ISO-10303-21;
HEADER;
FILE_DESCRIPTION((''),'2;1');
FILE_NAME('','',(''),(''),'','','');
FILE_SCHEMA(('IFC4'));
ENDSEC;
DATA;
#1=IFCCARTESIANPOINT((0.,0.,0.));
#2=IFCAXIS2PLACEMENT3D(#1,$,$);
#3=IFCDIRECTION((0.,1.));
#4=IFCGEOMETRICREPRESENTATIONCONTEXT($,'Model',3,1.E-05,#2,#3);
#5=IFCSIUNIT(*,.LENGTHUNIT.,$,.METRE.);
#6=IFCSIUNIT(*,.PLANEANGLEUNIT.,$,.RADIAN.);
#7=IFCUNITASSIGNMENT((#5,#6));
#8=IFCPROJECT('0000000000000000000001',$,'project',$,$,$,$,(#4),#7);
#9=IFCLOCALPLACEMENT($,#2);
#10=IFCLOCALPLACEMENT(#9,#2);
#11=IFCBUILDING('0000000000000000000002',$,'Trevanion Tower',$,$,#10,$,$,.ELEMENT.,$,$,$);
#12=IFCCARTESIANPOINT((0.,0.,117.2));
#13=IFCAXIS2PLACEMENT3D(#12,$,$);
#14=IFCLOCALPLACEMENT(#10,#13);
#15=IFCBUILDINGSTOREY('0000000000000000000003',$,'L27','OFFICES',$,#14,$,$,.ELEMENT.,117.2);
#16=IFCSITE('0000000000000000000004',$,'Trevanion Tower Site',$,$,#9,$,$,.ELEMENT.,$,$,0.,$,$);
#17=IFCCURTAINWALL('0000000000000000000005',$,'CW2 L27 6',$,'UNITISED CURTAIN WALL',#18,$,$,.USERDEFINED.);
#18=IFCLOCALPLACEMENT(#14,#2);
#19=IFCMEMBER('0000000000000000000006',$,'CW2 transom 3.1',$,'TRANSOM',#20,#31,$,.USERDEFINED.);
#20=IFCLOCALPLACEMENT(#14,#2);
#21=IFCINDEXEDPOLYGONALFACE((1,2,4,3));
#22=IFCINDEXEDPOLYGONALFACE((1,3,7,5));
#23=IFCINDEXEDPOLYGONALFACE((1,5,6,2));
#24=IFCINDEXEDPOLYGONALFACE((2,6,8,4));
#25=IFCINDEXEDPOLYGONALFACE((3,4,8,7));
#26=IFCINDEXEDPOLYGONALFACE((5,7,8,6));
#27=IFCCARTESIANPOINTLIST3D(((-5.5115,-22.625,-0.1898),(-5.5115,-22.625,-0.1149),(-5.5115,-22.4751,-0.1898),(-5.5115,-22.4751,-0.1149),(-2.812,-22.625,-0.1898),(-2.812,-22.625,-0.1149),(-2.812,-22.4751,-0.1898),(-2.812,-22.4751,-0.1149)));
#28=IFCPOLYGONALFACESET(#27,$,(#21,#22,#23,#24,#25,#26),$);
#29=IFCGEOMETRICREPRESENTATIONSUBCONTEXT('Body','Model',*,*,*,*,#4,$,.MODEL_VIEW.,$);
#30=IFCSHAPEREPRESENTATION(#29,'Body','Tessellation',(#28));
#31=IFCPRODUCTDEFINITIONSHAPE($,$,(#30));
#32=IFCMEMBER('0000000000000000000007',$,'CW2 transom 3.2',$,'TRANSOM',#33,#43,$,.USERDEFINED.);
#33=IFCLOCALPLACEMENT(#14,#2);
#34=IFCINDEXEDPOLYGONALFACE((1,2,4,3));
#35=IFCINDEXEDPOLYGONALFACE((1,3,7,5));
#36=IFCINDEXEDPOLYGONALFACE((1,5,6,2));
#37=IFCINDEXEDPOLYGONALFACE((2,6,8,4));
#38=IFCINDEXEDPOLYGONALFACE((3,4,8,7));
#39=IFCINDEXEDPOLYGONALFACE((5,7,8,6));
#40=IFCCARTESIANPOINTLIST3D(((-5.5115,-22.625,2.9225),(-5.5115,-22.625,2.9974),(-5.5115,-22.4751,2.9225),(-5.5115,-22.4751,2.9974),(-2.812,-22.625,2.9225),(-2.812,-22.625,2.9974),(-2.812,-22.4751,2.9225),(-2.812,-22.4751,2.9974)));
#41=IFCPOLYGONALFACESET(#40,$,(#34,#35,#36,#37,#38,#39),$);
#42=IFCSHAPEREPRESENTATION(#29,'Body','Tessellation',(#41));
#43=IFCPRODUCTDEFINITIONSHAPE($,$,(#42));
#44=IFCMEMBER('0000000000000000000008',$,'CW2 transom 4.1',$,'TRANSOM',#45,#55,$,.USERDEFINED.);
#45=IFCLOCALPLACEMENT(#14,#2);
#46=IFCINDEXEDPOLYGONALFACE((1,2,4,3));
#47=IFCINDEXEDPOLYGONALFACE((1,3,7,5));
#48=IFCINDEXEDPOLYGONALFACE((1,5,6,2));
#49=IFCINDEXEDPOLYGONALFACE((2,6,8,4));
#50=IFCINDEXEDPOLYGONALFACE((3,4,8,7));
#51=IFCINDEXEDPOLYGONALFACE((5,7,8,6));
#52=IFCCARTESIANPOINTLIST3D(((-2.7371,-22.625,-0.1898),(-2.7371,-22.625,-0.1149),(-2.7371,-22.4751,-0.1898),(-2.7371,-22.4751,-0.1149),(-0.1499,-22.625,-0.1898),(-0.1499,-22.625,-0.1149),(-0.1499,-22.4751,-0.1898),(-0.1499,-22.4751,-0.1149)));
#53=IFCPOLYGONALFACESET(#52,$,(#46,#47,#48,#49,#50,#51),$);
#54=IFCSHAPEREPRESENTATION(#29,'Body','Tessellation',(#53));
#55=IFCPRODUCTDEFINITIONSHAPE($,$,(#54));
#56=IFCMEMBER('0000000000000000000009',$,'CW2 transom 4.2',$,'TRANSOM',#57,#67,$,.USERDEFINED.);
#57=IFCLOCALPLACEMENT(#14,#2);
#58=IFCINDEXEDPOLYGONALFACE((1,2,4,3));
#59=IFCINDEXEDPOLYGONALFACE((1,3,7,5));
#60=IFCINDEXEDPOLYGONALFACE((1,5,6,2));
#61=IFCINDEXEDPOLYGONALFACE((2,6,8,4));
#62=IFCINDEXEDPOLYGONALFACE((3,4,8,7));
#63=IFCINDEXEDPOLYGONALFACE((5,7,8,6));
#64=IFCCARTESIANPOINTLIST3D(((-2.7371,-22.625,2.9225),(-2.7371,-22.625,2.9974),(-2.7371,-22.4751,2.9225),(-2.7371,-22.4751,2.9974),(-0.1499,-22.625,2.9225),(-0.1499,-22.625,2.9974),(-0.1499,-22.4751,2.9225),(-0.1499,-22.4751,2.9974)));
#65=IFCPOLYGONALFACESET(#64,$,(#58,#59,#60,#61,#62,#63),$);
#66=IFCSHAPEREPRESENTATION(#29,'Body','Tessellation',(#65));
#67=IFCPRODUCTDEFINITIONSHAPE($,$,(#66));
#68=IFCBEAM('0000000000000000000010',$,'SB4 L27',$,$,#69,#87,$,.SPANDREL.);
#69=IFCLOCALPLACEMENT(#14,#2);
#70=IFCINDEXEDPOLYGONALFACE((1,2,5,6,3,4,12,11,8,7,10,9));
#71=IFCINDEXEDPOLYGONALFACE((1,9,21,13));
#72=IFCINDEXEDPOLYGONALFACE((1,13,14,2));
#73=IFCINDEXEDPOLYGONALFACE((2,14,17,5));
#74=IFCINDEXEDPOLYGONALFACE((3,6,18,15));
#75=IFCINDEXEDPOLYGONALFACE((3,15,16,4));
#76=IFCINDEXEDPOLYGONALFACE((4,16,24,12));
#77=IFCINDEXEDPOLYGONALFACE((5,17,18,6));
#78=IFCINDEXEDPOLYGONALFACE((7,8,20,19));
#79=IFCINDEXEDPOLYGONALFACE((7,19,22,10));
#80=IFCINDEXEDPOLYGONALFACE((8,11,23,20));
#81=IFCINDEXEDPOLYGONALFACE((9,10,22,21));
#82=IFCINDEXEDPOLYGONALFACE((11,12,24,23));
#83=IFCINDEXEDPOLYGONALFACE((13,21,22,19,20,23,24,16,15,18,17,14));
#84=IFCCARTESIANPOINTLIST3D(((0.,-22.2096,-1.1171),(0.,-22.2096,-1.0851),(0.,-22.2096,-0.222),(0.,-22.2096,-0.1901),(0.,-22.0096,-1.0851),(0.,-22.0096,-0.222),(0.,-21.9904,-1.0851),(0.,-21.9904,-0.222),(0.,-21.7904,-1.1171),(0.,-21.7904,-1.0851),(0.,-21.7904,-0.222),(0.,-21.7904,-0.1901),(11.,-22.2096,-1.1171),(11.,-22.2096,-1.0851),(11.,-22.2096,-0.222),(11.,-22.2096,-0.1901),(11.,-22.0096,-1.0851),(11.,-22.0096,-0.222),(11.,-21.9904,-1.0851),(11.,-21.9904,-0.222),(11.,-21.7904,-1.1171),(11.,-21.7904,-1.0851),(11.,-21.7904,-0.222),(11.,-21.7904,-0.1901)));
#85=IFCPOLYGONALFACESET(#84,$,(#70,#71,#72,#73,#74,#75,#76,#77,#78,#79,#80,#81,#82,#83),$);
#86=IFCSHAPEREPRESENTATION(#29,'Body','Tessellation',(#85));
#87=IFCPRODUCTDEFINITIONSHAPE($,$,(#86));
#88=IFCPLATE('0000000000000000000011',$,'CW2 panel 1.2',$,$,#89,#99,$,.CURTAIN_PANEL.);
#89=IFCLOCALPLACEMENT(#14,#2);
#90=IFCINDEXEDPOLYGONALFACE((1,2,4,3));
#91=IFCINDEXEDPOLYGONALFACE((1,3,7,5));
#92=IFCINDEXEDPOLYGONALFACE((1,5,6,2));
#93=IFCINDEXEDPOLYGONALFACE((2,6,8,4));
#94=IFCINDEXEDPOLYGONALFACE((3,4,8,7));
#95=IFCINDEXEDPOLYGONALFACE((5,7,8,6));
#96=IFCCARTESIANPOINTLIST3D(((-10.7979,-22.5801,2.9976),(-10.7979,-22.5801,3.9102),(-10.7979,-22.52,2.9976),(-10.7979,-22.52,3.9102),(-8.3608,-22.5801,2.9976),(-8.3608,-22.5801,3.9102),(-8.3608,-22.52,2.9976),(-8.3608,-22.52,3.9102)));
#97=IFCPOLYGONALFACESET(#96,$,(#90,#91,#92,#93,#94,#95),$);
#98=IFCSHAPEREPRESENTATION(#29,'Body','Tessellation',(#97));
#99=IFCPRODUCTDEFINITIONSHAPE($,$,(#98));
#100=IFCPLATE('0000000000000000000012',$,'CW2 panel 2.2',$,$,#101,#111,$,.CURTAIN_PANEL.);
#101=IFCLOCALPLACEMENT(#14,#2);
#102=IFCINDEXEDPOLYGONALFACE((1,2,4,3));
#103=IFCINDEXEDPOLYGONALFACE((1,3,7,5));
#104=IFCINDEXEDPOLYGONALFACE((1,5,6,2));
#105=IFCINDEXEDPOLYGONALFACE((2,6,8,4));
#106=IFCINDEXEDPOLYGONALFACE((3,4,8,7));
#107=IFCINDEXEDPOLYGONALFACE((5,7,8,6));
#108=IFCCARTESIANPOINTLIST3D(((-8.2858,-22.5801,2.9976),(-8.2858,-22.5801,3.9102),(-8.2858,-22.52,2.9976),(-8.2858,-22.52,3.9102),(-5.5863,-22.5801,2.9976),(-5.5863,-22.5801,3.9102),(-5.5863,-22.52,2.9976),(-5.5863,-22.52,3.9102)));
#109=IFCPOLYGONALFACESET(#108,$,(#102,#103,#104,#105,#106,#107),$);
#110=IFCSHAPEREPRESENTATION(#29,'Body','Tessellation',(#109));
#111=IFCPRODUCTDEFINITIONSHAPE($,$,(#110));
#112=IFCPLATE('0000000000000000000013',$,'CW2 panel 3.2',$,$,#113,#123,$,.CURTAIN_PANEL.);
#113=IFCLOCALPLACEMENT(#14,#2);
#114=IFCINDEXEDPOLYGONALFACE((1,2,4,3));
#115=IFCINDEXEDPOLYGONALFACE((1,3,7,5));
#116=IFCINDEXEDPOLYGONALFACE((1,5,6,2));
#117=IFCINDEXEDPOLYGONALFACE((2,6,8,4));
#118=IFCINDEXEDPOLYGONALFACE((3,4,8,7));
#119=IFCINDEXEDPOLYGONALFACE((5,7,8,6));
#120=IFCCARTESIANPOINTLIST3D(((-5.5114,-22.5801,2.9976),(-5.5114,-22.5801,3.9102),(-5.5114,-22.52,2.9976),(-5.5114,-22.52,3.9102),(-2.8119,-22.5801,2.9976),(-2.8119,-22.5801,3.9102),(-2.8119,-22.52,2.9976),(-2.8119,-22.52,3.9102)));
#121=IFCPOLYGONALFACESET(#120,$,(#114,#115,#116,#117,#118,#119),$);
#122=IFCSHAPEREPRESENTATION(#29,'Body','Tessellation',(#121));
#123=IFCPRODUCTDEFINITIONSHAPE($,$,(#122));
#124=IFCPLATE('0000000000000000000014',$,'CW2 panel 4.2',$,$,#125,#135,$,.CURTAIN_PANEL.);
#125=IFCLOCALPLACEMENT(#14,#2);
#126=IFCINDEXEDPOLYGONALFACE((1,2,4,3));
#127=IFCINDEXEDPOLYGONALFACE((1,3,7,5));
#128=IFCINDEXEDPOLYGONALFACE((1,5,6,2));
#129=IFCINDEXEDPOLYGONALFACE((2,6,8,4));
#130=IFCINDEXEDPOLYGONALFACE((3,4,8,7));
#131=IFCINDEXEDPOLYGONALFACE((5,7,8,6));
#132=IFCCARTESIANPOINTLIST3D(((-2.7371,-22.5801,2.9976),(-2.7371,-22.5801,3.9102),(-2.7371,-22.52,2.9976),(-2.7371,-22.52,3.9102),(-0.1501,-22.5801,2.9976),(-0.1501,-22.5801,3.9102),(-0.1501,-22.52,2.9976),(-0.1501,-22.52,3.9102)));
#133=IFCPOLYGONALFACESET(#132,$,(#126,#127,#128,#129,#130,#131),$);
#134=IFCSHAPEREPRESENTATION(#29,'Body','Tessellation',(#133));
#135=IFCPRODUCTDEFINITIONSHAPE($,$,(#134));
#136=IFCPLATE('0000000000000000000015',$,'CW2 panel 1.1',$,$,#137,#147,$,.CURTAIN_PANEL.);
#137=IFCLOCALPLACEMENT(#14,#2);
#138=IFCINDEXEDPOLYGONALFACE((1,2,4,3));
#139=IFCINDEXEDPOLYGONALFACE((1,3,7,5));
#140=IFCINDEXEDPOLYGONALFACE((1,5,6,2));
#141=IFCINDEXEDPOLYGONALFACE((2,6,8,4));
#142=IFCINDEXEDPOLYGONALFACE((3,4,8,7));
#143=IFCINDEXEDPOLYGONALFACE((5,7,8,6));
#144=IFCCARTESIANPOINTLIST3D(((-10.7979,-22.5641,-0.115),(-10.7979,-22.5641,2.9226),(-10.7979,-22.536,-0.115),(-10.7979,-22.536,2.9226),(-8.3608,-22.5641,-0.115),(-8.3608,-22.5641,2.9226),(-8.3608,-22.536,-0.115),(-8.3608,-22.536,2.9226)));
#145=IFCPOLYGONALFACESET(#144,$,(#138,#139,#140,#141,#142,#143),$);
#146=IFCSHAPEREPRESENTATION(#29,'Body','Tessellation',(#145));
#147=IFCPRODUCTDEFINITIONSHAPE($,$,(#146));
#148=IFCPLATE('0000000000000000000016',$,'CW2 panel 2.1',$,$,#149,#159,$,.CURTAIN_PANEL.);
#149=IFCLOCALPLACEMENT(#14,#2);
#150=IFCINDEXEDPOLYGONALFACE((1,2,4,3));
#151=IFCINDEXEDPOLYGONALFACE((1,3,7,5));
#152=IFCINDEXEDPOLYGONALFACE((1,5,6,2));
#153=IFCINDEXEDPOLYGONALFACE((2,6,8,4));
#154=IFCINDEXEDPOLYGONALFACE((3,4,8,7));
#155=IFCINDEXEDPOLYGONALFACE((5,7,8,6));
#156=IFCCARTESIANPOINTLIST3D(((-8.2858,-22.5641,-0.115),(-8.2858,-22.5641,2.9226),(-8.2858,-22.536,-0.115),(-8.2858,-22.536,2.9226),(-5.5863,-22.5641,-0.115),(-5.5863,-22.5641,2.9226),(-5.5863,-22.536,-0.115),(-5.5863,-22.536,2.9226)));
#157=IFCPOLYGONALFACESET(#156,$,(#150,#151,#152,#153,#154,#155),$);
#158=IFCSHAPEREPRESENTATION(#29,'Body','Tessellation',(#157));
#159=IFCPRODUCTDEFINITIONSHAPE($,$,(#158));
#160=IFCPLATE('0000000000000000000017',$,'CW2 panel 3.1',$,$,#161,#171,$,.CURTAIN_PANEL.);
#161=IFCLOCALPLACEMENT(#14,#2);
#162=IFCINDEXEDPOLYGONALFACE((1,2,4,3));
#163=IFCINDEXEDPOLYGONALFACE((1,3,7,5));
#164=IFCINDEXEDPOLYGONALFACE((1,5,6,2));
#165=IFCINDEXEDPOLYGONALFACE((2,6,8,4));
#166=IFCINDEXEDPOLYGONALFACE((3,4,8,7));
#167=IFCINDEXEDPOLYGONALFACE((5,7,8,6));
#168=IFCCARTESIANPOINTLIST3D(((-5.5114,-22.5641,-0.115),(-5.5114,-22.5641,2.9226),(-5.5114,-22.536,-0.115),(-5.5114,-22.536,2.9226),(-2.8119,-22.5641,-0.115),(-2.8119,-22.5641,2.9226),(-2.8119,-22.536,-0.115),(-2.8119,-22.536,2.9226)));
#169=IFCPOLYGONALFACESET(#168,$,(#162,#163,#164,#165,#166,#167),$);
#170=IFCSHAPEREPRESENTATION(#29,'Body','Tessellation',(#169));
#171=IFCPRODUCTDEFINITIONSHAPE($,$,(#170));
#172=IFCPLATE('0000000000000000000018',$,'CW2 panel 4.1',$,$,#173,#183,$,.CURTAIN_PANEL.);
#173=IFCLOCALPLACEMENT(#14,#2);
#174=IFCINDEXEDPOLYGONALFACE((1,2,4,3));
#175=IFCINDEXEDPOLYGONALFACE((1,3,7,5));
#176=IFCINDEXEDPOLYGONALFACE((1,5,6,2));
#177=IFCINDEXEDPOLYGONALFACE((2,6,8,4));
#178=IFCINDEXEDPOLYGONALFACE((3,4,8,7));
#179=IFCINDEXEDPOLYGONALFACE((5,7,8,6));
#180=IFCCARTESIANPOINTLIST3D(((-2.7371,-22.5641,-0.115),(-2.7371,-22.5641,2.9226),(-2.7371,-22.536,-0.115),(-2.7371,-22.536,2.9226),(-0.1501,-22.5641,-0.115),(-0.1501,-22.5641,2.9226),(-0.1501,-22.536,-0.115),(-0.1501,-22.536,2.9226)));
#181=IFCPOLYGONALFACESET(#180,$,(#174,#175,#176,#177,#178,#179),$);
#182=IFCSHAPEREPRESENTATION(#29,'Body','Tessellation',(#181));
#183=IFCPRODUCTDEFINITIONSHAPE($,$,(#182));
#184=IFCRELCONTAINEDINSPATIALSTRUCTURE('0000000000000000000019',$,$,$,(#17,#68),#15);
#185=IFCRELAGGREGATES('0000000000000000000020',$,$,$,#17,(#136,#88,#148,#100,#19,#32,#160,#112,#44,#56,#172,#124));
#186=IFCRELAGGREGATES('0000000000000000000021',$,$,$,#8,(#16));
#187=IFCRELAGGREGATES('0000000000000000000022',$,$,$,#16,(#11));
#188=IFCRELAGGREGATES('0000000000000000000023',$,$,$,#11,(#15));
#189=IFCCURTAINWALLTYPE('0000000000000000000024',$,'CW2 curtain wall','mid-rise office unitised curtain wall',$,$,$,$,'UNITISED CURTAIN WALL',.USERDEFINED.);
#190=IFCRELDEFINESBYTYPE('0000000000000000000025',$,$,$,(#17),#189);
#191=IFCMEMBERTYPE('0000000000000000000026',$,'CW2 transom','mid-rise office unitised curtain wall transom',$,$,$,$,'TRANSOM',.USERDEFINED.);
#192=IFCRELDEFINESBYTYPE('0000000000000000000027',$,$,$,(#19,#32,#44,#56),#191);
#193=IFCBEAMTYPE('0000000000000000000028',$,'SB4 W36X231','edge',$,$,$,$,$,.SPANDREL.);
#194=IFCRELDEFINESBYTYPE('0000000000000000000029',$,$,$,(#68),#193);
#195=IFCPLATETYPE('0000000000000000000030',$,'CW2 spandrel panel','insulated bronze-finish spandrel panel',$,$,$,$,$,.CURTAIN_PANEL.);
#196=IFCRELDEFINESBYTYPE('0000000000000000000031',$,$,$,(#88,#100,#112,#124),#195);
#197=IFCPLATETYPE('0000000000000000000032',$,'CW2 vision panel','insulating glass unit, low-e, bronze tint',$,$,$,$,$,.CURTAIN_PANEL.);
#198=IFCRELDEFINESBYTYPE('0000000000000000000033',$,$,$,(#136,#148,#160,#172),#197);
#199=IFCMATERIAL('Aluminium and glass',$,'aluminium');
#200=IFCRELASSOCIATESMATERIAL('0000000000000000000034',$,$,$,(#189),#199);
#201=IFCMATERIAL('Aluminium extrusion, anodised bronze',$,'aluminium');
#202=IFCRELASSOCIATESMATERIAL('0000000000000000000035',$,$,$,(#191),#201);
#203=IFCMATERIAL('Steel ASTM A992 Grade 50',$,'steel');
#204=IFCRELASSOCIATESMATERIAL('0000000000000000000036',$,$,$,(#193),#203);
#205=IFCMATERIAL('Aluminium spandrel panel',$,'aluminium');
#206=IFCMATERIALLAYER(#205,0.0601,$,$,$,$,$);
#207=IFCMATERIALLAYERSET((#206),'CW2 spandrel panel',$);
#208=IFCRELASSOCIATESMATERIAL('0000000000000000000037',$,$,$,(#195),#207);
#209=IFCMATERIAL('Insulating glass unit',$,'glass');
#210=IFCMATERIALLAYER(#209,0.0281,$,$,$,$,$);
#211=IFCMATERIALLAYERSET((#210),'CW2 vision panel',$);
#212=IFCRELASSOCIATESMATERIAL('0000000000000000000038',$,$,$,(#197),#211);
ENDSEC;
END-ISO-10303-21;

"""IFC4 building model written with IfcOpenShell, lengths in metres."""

from ifc_helpers import new_model, si_unit, direction, frame, origin, origin_2d, place, context, subcontext, project, spatial, rectangle, i_section, extrude, material, layer, layer_set, material_profile, profile_set, type_object, element, aggregate, save


model = new_model("IFC4")

# Units and contexts
model_context = context("Model", 3, precision=1e-05, world=origin(), true_north=direction((0.0, 1.0)))
body_context = subcontext(model_context, "Body", "Model", "MODEL_VIEW")
ifc_project = project(units=[si_unit("LENGTHUNIT", "METRE"), si_unit("PLANEANGLEUNIT", "RADIAN")], contexts=[model_context])

# Site, building, storey
site_placement = place(None, origin())
site = spatial("IfcSite", under=ifc_project, at=site_placement, Name="Trevanion Tower Site", CompositionType="ELEMENT", RefElevation=0.0)
building_placement = place(site_placement, origin())
building = spatial("IfcBuilding", under=site, at=building_placement, Name="Trevanion Tower", CompositionType="ELEMENT")
storey_placement = place(building_placement, frame((0.0, 0.0, 117.2)))
storey = spatial("IfcBuildingStorey", under=building, at=storey_placement, Name="L27", Description="OFFICES", CompositionType="ELEMENT", Elevation=117.2)

# Curtain wall, members
ifc_material_1 = material(Name="Aluminium and glass", Category="aluminium")
curtain_wall_type = type_object("IfcCurtainWallType", Name="CW2 curtain wall", Description="mid-rise office unitised curtain wall", ElementType="UNITISED CURTAIN WALL", PredefinedType="USERDEFINED", material=ifc_material_1)
curtain_wall_placement = place(storey_placement, origin())
curtain_wall = element("IfcCurtainWall", 1, at=curtain_wall_placement, inside=storey, type_object=curtain_wall_type, Name="CW2 L27 6", ObjectType="UNITISED CURTAIN WALL", PredefinedType="USERDEFINED")
ifc_material_2 = material(Name="Aluminium extrusion, anodised bronze", Category="aluminium")
ifc_material_profile_1 = material_profile(ifc_material_2, rectangle(XDim=0.1499, YDim=0.075, at=origin_2d()), Name="CW2 transom")
ifc_profile_set_1 = profile_set([ifc_material_profile_1], Name="Aluminium extrusion, anodised bronze")
member_type_1 = type_object("IfcMemberType", Name="CW2 transom", Description="mid-rise office unitised curtain wall transom", ElementType="TRANSOM", PredefinedType="USERDEFINED", material=ifc_profile_set_1)
member_1_placement = place(storey_placement, frame((-5.5115, -22.55, -0.1523), z_axis=(1.0, 0.0, 0.0), x_axis=(0.0, 1.0, 0.0)))
member_1 = element("IfcMember", 2, at=member_1_placement, type_object=member_type_1, Name="CW2 transom 3.1", ObjectType="TRANSOM", PredefinedType="USERDEFINED", context=body_context, shape_type="SweptSolid", body=[
    extrude(rectangle(XDim=0.1499, YDim=0.075, at=origin_2d()), origin(), (0.0, 0.0, 1.0), 2.6995),
])
member_2_placement = place(storey_placement, frame((-5.5115, -22.55, 2.96), z_axis=(1.0, 0.0, 0.0), x_axis=(0.0, 1.0, 0.0)))
member_2 = element("IfcMember", 3, at=member_2_placement, type_object=member_type_1, Name="CW2 transom 3.2", ObjectType="TRANSOM", PredefinedType="USERDEFINED", context=body_context, shape_type="SweptSolid", body=[
    extrude(rectangle(XDim=0.1499, YDim=0.075, at=origin_2d()), origin(), (0.0, 0.0, 1.0), 2.6995),
])
member_3_placement = place(storey_placement, frame((-2.7371, -22.55, -0.1523), z_axis=(1.0, 0.0, 0.0), x_axis=(0.0, 1.0, 0.0)))
member_3 = element("IfcMember", 4, at=member_3_placement, type_object=member_type_1, Name="CW2 transom 4.1", ObjectType="TRANSOM", PredefinedType="USERDEFINED", context=body_context, shape_type="SweptSolid", body=[
    extrude(rectangle(XDim=0.1499, YDim=0.075, at=origin_2d()), origin(), (0.0, 0.0, 1.0), 2.5872),
])
member_4_placement = place(storey_placement, frame((-2.7371, -22.55, 2.96), z_axis=(1.0, 0.0, 0.0), x_axis=(0.0, 1.0, 0.0)))
member_4 = element("IfcMember", 5, at=member_4_placement, type_object=member_type_1, Name="CW2 transom 4.2", ObjectType="TRANSOM", PredefinedType="USERDEFINED", context=body_context, shape_type="SweptSolid", body=[
    extrude(rectangle(XDim=0.1499, YDim=0.075, at=origin_2d()), origin(), (0.0, 0.0, 1.0), 2.5872),
])

# Beam
ifc_material_3 = material(Name="Steel ASTM A992 Grade 50", Category="steel")
ifc_material_profile_2 = material_profile(ifc_material_3, i_section(OverallWidth=0.4192, OverallDepth=0.927, WebThickness=0.0193, FlangeThickness=0.032, at=origin_2d()), Name="W36X231")
ifc_profile_set_2 = profile_set([ifc_material_profile_2], Name="Steel ASTM A992 Grade 50")
beam_type_1 = type_object("IfcBeamType", Name="SB4 W36X231", Description="edge", PredefinedType="SPANDREL", material=ifc_profile_set_2)
beam_placement = place(storey_placement, frame((0.0, -22.0, -0.6536), z_axis=(1.0, 0.0, 0.0), x_axis=(0.0, 1.0, 0.0)))
element("IfcBeam", 6, at=beam_placement, inside=storey, type_object=beam_type_1, Name="SB4 L27", PredefinedType="SPANDREL", context=body_context, shape_type="SweptSolid", body=[
    extrude(i_section(OverallWidth=0.4192, OverallDepth=0.927, WebThickness=0.0193, FlangeThickness=0.032, at=origin_2d()), origin(), (0.0, 0.0, 1.0), 11.0),
])

# Plates
ifc_material_4 = material(Name="Aluminium spandrel panel", Category="aluminium")
ifc_layer_1 = layer(ifc_material_4, 0.0601)
ifc_layer_set_1 = layer_set([ifc_layer_1], Name="CW2 spandrel panel")
plate_type_1 = type_object("IfcPlateType", Name="CW2 spandrel panel", Description="insulated bronze-finish spandrel panel", PredefinedType="CURTAIN_PANEL", material=ifc_layer_set_1)
plate_1_placement = place(storey_placement, frame((-9.5793, -22.55, 2.9976), z_axis=(0.0, 0.0, 1.0), x_axis=(1.0, 0.0, 0.0)))
plate_1 = element("IfcPlate", 7, at=plate_1_placement, type_object=plate_type_1, Name="CW2 panel 1.2", PredefinedType="CURTAIN_PANEL", context=body_context, shape_type="SweptSolid", body=[
    extrude(rectangle(XDim=2.437, YDim=0.0601, at=origin_2d()), origin(), (0.0, 0.0, 1.0), 0.9126),
])
plate_2_placement = place(storey_placement, frame((-6.936, -22.55, 2.9976), z_axis=(0.0, 0.0, 1.0), x_axis=(1.0, 0.0, 0.0)))
plate_2 = element("IfcPlate", 8, at=plate_2_placement, type_object=plate_type_1, Name="CW2 panel 2.2", PredefinedType="CURTAIN_PANEL", context=body_context, shape_type="SweptSolid", body=[
    extrude(rectangle(XDim=2.6995, YDim=0.0601, at=origin_2d()), origin(), (0.0, 0.0, 1.0), 0.9126),
])
plate_3_placement = place(storey_placement, frame((-4.1616, -22.55, 2.9976), z_axis=(0.0, 0.0, 1.0), x_axis=(1.0, 0.0, 0.0)))
plate_3 = element("IfcPlate", 9, at=plate_3_placement, type_object=plate_type_1, Name="CW2 panel 3.2", PredefinedType="CURTAIN_PANEL", context=body_context, shape_type="SweptSolid", body=[
    extrude(rectangle(XDim=2.6995, YDim=0.0601, at=origin_2d()), origin(), (0.0, 0.0, 1.0), 0.9126),
])
plate_4_placement = place(storey_placement, frame((-1.4436, -22.55, 2.9976), z_axis=(0.0, 0.0, 1.0), x_axis=(1.0, 0.0, 0.0)))
plate_4 = element("IfcPlate", 10, at=plate_4_placement, type_object=plate_type_1, Name="CW2 panel 4.2", PredefinedType="CURTAIN_PANEL", context=body_context, shape_type="SweptSolid", body=[
    extrude(rectangle(XDim=2.5869, YDim=0.0601, at=origin_2d()), origin(), (0.0, 0.0, 1.0), 0.9126),
])
ifc_material_5 = material(Name="Insulating glass unit", Category="glass")
ifc_layer_2 = layer(ifc_material_5, 0.0281)
ifc_layer_set_2 = layer_set([ifc_layer_2], Name="CW2 vision panel")
plate_type_2 = type_object("IfcPlateType", Name="CW2 vision panel", Description="insulating glass unit, low-e, bronze tint", PredefinedType="CURTAIN_PANEL", material=ifc_layer_set_2)
plate_5_placement = place(storey_placement, frame((-9.5793, -22.55, -0.115), z_axis=(0.0, 0.0, 1.0), x_axis=(1.0, 0.0, 0.0)))
plate_5 = element("IfcPlate", 11, at=plate_5_placement, type_object=plate_type_2, Name="CW2 panel 1.1", PredefinedType="CURTAIN_PANEL", context=body_context, shape_type="SweptSolid", body=[
    extrude(rectangle(XDim=2.437, YDim=0.0281, at=origin_2d()), origin(), (0.0, 0.0, 1.0), 3.0376),
])
plate_6_placement = place(storey_placement, frame((-6.936, -22.55, -0.115), z_axis=(0.0, 0.0, 1.0), x_axis=(1.0, 0.0, 0.0)))
plate_6 = element("IfcPlate", 12, at=plate_6_placement, type_object=plate_type_2, Name="CW2 panel 2.1", PredefinedType="CURTAIN_PANEL", context=body_context, shape_type="SweptSolid", body=[
    extrude(rectangle(XDim=2.6995, YDim=0.0281, at=origin_2d()), origin(), (0.0, 0.0, 1.0), 3.0376),
])
plate_7_placement = place(storey_placement, frame((-4.1616, -22.55, -0.115), z_axis=(0.0, 0.0, 1.0), x_axis=(1.0, 0.0, 0.0)))
plate_7 = element("IfcPlate", 13, at=plate_7_placement, type_object=plate_type_2, Name="CW2 panel 3.1", PredefinedType="CURTAIN_PANEL", context=body_context, shape_type="SweptSolid", body=[
    extrude(rectangle(XDim=2.6995, YDim=0.0281, at=origin_2d()), origin(), (0.0, 0.0, 1.0), 3.0376),
])
plate_8_placement = place(storey_placement, frame((-1.4436, -22.55, -0.115), z_axis=(0.0, 0.0, 1.0), x_axis=(1.0, 0.0, 0.0)))
plate_8 = element("IfcPlate", 14, at=plate_8_placement, type_object=plate_type_2, Name="CW2 panel 4.1", PredefinedType="CURTAIN_PANEL", context=body_context, shape_type="SweptSolid", body=[
    extrude(rectangle(XDim=2.5869, YDim=0.0281, at=origin_2d()), origin(), (0.0, 0.0, 1.0), 3.0376),
])
aggregate(curtain_wall, [plate_5, plate_1, plate_6, plate_2, member_1, member_2, plate_7, plate_3, member_3, member_4, plate_8, plate_4])

save(model, "model.ifc")
